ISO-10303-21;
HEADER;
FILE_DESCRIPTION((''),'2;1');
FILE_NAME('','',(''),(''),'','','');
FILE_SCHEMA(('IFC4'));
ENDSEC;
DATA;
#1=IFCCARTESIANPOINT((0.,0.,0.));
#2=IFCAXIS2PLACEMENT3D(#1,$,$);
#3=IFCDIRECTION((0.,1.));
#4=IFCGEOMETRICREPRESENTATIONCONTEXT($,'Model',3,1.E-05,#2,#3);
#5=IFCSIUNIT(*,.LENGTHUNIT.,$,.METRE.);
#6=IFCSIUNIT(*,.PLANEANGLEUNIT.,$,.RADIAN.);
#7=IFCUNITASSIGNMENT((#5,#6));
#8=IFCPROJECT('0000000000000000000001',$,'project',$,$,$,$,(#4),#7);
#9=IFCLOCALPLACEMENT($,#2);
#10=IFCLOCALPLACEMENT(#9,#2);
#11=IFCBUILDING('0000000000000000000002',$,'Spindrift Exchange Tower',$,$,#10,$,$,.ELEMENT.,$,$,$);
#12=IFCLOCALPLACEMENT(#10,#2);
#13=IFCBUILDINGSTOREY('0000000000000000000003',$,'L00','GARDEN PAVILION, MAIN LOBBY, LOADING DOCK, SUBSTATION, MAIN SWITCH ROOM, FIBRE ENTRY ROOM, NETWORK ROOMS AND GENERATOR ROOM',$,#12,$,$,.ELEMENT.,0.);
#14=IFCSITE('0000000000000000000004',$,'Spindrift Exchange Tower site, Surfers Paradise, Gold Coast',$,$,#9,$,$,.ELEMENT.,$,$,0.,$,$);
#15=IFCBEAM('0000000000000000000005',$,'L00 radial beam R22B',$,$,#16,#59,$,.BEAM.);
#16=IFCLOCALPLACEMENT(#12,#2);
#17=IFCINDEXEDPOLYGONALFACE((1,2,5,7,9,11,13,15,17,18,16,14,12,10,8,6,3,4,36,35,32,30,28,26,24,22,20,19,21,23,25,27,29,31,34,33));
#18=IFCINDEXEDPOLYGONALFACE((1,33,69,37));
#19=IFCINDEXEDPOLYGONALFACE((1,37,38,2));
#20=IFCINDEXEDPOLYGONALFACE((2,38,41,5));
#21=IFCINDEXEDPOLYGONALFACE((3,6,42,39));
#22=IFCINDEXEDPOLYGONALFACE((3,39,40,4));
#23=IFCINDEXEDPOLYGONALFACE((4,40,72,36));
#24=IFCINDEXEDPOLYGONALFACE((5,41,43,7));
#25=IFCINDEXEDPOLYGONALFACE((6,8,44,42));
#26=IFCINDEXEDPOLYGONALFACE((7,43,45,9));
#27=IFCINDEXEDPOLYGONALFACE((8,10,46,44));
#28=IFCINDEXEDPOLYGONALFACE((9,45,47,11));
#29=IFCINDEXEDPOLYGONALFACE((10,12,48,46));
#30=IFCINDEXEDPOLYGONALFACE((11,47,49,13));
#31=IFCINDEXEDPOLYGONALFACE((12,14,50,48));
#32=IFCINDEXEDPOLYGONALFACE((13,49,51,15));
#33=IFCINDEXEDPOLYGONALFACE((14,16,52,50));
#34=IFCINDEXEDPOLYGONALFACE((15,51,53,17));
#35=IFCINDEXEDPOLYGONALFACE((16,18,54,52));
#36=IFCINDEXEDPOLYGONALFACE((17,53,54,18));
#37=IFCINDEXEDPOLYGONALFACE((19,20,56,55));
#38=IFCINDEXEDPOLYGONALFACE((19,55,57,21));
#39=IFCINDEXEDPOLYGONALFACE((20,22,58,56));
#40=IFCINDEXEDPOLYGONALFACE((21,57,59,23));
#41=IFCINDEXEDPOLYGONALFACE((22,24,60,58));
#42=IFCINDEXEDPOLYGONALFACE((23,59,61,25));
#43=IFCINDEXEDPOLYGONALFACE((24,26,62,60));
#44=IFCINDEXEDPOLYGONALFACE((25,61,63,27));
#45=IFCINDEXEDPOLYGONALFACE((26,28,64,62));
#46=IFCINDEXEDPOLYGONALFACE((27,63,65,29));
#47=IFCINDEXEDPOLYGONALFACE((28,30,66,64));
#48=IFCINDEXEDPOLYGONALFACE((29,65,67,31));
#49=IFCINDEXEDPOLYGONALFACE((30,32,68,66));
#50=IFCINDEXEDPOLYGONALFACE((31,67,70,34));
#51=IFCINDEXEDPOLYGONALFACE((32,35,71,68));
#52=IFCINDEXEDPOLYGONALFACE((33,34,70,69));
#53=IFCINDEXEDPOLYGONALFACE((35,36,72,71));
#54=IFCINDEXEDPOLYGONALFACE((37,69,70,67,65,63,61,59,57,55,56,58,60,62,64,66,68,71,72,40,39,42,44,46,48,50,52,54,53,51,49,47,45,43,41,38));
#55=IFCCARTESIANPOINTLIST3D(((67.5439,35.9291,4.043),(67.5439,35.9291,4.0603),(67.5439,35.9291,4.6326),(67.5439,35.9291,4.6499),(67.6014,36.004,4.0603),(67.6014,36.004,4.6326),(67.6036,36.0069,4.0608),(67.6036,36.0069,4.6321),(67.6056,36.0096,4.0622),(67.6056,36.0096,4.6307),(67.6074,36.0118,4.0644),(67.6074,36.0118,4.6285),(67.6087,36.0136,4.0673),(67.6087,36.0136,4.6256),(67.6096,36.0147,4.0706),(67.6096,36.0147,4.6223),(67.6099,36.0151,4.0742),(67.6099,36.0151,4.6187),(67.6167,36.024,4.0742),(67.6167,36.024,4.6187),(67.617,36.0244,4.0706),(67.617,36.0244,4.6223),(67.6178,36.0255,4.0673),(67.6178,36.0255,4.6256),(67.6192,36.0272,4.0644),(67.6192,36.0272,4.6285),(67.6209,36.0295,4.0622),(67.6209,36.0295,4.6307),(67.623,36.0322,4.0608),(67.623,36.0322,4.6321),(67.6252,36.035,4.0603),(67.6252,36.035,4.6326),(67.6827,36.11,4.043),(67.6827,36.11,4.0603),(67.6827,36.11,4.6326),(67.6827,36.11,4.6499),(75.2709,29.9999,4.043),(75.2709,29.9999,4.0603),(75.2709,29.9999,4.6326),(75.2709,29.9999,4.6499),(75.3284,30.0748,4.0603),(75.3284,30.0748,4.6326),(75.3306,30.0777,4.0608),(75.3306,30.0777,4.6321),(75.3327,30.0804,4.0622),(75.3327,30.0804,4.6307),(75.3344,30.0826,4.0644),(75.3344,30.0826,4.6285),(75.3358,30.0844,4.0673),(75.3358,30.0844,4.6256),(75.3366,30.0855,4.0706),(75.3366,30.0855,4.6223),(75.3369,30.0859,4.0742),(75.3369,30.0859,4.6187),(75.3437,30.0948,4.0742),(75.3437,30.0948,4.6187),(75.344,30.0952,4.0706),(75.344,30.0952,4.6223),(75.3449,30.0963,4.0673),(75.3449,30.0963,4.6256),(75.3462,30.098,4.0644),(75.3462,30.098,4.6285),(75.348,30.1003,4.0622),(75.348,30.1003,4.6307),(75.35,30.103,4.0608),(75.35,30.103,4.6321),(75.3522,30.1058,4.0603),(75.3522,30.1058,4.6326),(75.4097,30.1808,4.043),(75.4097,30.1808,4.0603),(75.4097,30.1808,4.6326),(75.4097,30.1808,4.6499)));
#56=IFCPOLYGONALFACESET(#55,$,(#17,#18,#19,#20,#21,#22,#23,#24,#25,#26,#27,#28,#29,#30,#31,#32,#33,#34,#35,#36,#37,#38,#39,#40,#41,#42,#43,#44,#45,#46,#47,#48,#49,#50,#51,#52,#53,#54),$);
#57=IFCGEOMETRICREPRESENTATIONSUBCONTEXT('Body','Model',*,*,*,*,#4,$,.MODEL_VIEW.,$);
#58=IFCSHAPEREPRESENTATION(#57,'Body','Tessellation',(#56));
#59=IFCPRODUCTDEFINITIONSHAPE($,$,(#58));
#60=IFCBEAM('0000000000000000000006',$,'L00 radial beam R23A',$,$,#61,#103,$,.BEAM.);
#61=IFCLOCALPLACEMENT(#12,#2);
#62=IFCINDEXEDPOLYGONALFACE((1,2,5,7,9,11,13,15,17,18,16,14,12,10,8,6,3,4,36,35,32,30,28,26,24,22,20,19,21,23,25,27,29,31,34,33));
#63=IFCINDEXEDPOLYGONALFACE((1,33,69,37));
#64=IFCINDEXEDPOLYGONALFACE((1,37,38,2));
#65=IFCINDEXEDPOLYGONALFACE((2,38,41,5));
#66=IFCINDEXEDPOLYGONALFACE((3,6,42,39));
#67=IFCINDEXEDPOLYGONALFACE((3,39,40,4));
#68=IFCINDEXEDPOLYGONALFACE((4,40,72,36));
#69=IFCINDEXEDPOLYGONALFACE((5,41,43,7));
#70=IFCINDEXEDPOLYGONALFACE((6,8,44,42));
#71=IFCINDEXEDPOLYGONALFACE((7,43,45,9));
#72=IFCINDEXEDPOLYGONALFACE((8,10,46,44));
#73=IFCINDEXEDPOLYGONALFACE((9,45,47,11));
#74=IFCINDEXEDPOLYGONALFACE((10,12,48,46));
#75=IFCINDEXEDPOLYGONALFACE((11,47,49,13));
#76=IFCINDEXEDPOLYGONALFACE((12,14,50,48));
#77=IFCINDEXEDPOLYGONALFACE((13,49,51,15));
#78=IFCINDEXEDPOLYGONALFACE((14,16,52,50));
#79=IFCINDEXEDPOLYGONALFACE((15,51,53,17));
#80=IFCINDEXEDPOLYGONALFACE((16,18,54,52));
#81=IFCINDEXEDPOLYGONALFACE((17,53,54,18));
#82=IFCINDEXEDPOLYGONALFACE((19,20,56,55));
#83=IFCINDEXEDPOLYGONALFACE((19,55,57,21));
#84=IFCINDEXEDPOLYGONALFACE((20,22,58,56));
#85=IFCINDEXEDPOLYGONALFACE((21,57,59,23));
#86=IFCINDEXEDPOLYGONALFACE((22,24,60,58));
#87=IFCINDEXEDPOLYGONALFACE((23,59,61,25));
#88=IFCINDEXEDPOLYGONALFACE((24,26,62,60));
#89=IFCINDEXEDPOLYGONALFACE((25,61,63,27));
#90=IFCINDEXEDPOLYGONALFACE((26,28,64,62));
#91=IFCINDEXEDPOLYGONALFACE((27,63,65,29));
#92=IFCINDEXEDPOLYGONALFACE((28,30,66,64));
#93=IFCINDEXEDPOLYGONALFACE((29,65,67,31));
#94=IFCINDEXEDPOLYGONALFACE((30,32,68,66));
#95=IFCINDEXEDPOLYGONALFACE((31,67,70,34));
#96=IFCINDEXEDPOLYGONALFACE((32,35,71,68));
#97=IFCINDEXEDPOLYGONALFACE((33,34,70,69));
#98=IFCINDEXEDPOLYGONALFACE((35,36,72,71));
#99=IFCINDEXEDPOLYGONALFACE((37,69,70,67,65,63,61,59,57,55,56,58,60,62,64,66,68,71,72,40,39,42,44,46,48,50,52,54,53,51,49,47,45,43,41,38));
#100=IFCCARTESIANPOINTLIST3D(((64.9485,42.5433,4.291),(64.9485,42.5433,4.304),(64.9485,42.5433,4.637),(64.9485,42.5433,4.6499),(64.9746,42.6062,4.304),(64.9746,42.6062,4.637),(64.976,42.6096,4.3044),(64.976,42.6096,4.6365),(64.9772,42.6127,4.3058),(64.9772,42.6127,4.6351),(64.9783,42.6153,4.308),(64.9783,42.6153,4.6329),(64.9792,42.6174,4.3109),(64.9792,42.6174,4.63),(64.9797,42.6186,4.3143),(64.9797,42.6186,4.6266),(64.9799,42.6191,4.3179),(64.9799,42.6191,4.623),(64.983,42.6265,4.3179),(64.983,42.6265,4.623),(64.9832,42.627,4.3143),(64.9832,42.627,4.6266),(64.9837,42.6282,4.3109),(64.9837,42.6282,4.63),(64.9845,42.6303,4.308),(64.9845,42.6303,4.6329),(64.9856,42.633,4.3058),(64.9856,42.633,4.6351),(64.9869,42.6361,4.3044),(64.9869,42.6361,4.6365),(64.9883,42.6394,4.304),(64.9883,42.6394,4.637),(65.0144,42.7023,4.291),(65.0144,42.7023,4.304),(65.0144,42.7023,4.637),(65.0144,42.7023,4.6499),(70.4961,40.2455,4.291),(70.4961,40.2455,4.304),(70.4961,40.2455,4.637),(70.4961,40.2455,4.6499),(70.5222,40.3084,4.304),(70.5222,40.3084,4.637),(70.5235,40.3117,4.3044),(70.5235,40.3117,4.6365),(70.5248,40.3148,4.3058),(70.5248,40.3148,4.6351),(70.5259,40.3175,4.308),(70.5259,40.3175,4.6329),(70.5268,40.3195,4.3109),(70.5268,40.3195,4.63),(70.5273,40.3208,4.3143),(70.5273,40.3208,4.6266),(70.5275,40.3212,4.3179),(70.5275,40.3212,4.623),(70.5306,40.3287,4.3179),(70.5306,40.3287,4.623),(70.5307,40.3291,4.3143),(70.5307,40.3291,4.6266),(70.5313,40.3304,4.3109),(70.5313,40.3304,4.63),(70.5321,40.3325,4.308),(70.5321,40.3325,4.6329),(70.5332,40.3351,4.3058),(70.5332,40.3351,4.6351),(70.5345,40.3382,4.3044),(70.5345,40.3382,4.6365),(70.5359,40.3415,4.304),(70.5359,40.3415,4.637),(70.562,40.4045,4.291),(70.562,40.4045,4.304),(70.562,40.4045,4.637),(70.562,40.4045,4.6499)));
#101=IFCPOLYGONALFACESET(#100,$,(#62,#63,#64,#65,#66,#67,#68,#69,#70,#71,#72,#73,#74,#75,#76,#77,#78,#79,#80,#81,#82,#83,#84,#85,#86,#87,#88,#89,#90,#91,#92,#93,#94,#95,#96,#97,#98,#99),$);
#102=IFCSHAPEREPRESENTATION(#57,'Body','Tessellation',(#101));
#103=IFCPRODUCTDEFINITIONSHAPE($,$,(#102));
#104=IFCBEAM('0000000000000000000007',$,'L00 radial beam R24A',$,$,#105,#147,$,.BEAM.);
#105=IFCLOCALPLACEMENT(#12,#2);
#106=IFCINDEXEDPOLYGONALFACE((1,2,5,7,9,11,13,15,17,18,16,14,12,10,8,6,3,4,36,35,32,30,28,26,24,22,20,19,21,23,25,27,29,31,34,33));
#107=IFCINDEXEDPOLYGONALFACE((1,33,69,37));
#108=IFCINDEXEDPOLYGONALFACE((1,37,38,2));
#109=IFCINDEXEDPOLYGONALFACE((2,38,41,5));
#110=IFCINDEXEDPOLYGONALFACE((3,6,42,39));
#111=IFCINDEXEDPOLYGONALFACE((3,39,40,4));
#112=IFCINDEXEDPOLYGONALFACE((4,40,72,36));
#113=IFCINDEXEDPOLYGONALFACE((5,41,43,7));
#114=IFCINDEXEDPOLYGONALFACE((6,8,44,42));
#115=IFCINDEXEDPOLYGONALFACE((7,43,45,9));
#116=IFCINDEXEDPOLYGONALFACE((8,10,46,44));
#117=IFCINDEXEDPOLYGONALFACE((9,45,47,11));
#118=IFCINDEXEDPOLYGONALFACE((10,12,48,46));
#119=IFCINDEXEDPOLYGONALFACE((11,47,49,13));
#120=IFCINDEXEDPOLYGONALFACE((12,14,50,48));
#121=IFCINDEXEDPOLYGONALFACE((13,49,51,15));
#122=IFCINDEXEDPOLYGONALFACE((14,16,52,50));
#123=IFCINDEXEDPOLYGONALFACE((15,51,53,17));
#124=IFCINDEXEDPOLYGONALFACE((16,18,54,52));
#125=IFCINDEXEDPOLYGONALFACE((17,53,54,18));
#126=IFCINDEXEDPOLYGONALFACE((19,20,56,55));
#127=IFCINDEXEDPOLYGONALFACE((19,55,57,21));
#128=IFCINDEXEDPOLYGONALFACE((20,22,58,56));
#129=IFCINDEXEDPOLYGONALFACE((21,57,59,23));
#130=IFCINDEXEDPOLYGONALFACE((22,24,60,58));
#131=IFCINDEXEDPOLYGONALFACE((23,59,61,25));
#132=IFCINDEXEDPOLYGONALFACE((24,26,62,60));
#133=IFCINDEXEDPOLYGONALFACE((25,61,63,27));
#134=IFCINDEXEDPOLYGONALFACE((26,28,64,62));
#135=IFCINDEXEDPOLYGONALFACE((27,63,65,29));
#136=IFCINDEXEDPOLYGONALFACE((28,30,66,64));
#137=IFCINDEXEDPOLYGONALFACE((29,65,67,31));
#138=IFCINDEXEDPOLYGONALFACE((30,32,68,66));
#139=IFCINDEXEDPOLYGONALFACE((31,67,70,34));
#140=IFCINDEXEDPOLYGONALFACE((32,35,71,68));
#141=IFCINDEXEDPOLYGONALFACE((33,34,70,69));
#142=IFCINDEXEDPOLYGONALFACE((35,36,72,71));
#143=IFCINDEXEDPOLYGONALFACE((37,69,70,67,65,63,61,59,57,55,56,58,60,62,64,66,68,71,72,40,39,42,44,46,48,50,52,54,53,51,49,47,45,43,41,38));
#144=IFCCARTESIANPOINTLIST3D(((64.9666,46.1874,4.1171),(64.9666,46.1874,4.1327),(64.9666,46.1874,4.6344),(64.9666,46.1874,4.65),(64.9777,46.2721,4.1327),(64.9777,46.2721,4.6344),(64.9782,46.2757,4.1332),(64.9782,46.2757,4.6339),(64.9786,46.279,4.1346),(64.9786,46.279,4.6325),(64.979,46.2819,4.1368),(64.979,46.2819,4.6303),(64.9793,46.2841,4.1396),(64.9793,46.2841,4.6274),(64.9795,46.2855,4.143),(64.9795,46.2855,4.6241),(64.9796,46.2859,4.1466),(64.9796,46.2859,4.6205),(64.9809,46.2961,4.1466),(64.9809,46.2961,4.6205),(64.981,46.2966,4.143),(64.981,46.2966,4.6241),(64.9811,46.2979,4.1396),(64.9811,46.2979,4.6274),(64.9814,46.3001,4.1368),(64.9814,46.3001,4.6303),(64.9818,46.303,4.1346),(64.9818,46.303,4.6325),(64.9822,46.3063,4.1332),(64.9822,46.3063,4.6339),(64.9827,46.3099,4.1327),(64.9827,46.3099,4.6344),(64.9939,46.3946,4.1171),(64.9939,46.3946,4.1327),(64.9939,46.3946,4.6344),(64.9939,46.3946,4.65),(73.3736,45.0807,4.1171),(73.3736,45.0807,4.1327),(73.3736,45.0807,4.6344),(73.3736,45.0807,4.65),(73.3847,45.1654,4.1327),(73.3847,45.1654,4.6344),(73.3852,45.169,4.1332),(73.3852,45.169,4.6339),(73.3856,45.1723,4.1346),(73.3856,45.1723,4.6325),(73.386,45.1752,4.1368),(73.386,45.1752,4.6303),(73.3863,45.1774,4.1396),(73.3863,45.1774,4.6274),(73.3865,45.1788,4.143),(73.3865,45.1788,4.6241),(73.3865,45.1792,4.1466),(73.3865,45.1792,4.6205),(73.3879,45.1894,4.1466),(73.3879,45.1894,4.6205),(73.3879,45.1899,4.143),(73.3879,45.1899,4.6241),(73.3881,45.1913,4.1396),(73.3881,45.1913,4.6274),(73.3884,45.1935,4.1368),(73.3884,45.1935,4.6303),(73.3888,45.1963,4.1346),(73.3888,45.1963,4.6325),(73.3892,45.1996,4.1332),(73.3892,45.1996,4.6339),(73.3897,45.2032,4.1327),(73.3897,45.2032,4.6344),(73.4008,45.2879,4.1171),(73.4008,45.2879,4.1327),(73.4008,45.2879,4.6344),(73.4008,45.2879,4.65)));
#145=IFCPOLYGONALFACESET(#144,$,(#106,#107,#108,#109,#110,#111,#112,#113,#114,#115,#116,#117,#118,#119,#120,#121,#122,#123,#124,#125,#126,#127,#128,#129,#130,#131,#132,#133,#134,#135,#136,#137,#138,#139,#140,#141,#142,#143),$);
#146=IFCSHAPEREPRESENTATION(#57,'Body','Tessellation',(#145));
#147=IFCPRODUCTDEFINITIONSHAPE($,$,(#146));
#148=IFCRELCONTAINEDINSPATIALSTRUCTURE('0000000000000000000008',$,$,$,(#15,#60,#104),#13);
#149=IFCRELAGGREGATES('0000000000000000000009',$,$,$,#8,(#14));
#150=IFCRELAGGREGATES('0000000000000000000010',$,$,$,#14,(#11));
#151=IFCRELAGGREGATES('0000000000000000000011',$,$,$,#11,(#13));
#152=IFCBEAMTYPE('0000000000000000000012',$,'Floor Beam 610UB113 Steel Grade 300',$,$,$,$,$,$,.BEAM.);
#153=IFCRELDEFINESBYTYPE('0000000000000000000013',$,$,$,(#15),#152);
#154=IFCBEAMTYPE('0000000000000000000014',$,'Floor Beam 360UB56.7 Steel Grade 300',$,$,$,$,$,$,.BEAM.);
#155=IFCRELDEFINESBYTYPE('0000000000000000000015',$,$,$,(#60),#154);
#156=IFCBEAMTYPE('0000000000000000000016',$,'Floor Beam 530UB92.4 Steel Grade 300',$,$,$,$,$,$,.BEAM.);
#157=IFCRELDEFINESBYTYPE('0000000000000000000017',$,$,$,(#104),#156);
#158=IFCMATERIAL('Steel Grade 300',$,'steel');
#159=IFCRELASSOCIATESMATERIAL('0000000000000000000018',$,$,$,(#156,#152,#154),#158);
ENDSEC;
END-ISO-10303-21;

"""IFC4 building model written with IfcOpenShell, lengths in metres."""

from ifc_helpers import new_model, si_unit, direction, frame, origin, origin_2d, place, context, subcontext, project, spatial, i_section, extrude, source, transform, mapped, material, material_profile, profile_set, type_object, element, save


model = new_model("IFC4")

# Units and contexts
model_context = context("Model", 3, precision=1e-05, world=origin(), true_north=direction((0.0, 1.0)))
body_context = subcontext(model_context, "Body", "Model", "MODEL_VIEW")
ifc_project = project(units=[si_unit("LENGTHUNIT", "METRE"), si_unit("PLANEANGLEUNIT", "RADIAN")], contexts=[model_context])

# Site, building, storey
site_placement = place(None, origin())
site = spatial("IfcSite", under=ifc_project, at=site_placement, Name="Spindrift Exchange Tower site, Surfers Paradise, Gold Coast", CompositionType="ELEMENT", RefElevation=0.0)
building_placement = place(site_placement, origin())
building = spatial("IfcBuilding", under=site, at=building_placement, Name="Spindrift Exchange Tower", CompositionType="ELEMENT")
storey_placement = place(building_placement, origin())
storey = spatial("IfcBuildingStorey", under=building, at=storey_placement, Name="L00", Description="GARDEN PAVILION, MAIN LOBBY, LOADING DOCK, SUBSTATION, MAIN SWITCH ROOM, FIBRE ENTRY ROOM, NETWORK ROOMS AND GENERATOR ROOM", CompositionType="ELEMENT", Elevation=0.0)

# Beams
ifc_material_1 = material(Name="Steel Grade 300", Category="steel")
ifc_material_profile_1 = material_profile(ifc_material_1, i_section(OverallWidth=0.209, OverallDepth=0.533, WebThickness=0.0103, FlangeThickness=0.0156, FilletRadius=0.0139, at=origin_2d()), Name="530UB92.4")
ifc_profile_set_1 = profile_set([ifc_material_profile_1], Name="Steel Grade 300")
beam_type_1 = type_object("IfcBeamType", Name="Floor Beam 530UB92.4 Steel Grade 300", PredefinedType="BEAM", material=ifc_profile_set_1)
ifc_material_profile_2 = material_profile(ifc_material_1, i_section(OverallWidth=0.228, OverallDepth=0.6069, WebThickness=0.0112, FlangeThickness=0.0173, FilletRadius=0.0139, at=origin_2d()), Name="610UB113")
ifc_profile_set_2 = profile_set([ifc_material_profile_2], Name="Steel Grade 300")
beam_type_2 = type_object("IfcBeamType", Name="Floor Beam 610UB113 Steel Grade 300", PredefinedType="BEAM", material=ifc_profile_set_2)
shared_shape_1 = source(origin(), body_context, "Body", "SweptSolid", [
    extrude(i_section(OverallWidth=0.228, OverallDepth=0.6069, WebThickness=0.0112, FlangeThickness=0.0173, FilletRadius=0.0139, at=origin_2d()), origin(), (0.0, 0.0, 1.0), 9.7397),
])
beam_1_placement = place(storey_placement, frame((67.6133, 36.0195, 4.3464), z_axis=(0.793352, -0.608763, 0.0), x_axis=(0.608763, 0.793352, 0.0)))
element("IfcBeam", 1, at=beam_1_placement, inside=storey, type_object=beam_type_2, Name="L00 radial beam R22B", PredefinedType="BEAM", context=body_context, shape_type="MappedRepresentation", body=[
    mapped(shared_shape_1, transform((0.0, 0.0, 0.0), scale=1.0)),
])
ifc_material_profile_3 = material_profile(ifc_material_1, i_section(OverallWidth=0.1721, OverallDepth=0.3589, WebThickness=0.0081, FlangeThickness=0.0129, FilletRadius=0.0139, at=origin_2d()), Name="360UB56.7")
ifc_profile_set_3 = profile_set([ifc_material_profile_3], Name="Steel Grade 300")
beam_type_3 = type_object("IfcBeamType", Name="Floor Beam 360UB56.7 Steel Grade 300", PredefinedType="BEAM", material=ifc_profile_set_3)
shared_shape_2 = source(origin(), body_context, "Body", "SweptSolid", [
    extrude(i_section(OverallWidth=0.1721, OverallDepth=0.3589, WebThickness=0.0081, FlangeThickness=0.0129, FilletRadius=0.0139, at=origin_2d()), origin(), (0.0, 0.0, 1.0), 6.0046),
])
beam_2_placement = place(storey_placement, frame((64.9814, 42.6228, 4.4705), z_axis=(0.923882, -0.382677, 0.0), x_axis=(0.382677, 0.923882, 0.0)))
element("IfcBeam", 2, at=beam_2_placement, inside=storey, type_object=beam_type_3, Name="L00 radial beam R23A", PredefinedType="BEAM", context=body_context, shape_type="MappedRepresentation", body=[
    mapped(shared_shape_2, transform((0.0, 0.0, 0.0), scale=1.0)),
])
shared_shape_3 = source(origin(), body_context, "Body", "SweptSolid", [
    extrude(i_section(OverallWidth=0.209, OverallDepth=0.533, WebThickness=0.0103, FlangeThickness=0.0156, FilletRadius=0.0139, at=origin_2d()), origin(), (0.0, 0.0, 1.0), 8.4795),
])
beam_3_placement = place(storey_placement, frame((64.9802, 46.291, 4.3835), z_axis=(0.991447, -0.130513, 0.0), x_axis=(0.130513, 0.991447, 0.0)))
element("IfcBeam", 3, at=beam_3_placement, inside=storey, type_object=beam_type_1, Name="L00 radial beam R24A", PredefinedType="BEAM", context=body_context, shape_type="MappedRepresentation", body=[
    mapped(shared_shape_3, transform((0.0, 0.0, 0.0), scale=1.0)),
])

save(model, "model.ifc")
